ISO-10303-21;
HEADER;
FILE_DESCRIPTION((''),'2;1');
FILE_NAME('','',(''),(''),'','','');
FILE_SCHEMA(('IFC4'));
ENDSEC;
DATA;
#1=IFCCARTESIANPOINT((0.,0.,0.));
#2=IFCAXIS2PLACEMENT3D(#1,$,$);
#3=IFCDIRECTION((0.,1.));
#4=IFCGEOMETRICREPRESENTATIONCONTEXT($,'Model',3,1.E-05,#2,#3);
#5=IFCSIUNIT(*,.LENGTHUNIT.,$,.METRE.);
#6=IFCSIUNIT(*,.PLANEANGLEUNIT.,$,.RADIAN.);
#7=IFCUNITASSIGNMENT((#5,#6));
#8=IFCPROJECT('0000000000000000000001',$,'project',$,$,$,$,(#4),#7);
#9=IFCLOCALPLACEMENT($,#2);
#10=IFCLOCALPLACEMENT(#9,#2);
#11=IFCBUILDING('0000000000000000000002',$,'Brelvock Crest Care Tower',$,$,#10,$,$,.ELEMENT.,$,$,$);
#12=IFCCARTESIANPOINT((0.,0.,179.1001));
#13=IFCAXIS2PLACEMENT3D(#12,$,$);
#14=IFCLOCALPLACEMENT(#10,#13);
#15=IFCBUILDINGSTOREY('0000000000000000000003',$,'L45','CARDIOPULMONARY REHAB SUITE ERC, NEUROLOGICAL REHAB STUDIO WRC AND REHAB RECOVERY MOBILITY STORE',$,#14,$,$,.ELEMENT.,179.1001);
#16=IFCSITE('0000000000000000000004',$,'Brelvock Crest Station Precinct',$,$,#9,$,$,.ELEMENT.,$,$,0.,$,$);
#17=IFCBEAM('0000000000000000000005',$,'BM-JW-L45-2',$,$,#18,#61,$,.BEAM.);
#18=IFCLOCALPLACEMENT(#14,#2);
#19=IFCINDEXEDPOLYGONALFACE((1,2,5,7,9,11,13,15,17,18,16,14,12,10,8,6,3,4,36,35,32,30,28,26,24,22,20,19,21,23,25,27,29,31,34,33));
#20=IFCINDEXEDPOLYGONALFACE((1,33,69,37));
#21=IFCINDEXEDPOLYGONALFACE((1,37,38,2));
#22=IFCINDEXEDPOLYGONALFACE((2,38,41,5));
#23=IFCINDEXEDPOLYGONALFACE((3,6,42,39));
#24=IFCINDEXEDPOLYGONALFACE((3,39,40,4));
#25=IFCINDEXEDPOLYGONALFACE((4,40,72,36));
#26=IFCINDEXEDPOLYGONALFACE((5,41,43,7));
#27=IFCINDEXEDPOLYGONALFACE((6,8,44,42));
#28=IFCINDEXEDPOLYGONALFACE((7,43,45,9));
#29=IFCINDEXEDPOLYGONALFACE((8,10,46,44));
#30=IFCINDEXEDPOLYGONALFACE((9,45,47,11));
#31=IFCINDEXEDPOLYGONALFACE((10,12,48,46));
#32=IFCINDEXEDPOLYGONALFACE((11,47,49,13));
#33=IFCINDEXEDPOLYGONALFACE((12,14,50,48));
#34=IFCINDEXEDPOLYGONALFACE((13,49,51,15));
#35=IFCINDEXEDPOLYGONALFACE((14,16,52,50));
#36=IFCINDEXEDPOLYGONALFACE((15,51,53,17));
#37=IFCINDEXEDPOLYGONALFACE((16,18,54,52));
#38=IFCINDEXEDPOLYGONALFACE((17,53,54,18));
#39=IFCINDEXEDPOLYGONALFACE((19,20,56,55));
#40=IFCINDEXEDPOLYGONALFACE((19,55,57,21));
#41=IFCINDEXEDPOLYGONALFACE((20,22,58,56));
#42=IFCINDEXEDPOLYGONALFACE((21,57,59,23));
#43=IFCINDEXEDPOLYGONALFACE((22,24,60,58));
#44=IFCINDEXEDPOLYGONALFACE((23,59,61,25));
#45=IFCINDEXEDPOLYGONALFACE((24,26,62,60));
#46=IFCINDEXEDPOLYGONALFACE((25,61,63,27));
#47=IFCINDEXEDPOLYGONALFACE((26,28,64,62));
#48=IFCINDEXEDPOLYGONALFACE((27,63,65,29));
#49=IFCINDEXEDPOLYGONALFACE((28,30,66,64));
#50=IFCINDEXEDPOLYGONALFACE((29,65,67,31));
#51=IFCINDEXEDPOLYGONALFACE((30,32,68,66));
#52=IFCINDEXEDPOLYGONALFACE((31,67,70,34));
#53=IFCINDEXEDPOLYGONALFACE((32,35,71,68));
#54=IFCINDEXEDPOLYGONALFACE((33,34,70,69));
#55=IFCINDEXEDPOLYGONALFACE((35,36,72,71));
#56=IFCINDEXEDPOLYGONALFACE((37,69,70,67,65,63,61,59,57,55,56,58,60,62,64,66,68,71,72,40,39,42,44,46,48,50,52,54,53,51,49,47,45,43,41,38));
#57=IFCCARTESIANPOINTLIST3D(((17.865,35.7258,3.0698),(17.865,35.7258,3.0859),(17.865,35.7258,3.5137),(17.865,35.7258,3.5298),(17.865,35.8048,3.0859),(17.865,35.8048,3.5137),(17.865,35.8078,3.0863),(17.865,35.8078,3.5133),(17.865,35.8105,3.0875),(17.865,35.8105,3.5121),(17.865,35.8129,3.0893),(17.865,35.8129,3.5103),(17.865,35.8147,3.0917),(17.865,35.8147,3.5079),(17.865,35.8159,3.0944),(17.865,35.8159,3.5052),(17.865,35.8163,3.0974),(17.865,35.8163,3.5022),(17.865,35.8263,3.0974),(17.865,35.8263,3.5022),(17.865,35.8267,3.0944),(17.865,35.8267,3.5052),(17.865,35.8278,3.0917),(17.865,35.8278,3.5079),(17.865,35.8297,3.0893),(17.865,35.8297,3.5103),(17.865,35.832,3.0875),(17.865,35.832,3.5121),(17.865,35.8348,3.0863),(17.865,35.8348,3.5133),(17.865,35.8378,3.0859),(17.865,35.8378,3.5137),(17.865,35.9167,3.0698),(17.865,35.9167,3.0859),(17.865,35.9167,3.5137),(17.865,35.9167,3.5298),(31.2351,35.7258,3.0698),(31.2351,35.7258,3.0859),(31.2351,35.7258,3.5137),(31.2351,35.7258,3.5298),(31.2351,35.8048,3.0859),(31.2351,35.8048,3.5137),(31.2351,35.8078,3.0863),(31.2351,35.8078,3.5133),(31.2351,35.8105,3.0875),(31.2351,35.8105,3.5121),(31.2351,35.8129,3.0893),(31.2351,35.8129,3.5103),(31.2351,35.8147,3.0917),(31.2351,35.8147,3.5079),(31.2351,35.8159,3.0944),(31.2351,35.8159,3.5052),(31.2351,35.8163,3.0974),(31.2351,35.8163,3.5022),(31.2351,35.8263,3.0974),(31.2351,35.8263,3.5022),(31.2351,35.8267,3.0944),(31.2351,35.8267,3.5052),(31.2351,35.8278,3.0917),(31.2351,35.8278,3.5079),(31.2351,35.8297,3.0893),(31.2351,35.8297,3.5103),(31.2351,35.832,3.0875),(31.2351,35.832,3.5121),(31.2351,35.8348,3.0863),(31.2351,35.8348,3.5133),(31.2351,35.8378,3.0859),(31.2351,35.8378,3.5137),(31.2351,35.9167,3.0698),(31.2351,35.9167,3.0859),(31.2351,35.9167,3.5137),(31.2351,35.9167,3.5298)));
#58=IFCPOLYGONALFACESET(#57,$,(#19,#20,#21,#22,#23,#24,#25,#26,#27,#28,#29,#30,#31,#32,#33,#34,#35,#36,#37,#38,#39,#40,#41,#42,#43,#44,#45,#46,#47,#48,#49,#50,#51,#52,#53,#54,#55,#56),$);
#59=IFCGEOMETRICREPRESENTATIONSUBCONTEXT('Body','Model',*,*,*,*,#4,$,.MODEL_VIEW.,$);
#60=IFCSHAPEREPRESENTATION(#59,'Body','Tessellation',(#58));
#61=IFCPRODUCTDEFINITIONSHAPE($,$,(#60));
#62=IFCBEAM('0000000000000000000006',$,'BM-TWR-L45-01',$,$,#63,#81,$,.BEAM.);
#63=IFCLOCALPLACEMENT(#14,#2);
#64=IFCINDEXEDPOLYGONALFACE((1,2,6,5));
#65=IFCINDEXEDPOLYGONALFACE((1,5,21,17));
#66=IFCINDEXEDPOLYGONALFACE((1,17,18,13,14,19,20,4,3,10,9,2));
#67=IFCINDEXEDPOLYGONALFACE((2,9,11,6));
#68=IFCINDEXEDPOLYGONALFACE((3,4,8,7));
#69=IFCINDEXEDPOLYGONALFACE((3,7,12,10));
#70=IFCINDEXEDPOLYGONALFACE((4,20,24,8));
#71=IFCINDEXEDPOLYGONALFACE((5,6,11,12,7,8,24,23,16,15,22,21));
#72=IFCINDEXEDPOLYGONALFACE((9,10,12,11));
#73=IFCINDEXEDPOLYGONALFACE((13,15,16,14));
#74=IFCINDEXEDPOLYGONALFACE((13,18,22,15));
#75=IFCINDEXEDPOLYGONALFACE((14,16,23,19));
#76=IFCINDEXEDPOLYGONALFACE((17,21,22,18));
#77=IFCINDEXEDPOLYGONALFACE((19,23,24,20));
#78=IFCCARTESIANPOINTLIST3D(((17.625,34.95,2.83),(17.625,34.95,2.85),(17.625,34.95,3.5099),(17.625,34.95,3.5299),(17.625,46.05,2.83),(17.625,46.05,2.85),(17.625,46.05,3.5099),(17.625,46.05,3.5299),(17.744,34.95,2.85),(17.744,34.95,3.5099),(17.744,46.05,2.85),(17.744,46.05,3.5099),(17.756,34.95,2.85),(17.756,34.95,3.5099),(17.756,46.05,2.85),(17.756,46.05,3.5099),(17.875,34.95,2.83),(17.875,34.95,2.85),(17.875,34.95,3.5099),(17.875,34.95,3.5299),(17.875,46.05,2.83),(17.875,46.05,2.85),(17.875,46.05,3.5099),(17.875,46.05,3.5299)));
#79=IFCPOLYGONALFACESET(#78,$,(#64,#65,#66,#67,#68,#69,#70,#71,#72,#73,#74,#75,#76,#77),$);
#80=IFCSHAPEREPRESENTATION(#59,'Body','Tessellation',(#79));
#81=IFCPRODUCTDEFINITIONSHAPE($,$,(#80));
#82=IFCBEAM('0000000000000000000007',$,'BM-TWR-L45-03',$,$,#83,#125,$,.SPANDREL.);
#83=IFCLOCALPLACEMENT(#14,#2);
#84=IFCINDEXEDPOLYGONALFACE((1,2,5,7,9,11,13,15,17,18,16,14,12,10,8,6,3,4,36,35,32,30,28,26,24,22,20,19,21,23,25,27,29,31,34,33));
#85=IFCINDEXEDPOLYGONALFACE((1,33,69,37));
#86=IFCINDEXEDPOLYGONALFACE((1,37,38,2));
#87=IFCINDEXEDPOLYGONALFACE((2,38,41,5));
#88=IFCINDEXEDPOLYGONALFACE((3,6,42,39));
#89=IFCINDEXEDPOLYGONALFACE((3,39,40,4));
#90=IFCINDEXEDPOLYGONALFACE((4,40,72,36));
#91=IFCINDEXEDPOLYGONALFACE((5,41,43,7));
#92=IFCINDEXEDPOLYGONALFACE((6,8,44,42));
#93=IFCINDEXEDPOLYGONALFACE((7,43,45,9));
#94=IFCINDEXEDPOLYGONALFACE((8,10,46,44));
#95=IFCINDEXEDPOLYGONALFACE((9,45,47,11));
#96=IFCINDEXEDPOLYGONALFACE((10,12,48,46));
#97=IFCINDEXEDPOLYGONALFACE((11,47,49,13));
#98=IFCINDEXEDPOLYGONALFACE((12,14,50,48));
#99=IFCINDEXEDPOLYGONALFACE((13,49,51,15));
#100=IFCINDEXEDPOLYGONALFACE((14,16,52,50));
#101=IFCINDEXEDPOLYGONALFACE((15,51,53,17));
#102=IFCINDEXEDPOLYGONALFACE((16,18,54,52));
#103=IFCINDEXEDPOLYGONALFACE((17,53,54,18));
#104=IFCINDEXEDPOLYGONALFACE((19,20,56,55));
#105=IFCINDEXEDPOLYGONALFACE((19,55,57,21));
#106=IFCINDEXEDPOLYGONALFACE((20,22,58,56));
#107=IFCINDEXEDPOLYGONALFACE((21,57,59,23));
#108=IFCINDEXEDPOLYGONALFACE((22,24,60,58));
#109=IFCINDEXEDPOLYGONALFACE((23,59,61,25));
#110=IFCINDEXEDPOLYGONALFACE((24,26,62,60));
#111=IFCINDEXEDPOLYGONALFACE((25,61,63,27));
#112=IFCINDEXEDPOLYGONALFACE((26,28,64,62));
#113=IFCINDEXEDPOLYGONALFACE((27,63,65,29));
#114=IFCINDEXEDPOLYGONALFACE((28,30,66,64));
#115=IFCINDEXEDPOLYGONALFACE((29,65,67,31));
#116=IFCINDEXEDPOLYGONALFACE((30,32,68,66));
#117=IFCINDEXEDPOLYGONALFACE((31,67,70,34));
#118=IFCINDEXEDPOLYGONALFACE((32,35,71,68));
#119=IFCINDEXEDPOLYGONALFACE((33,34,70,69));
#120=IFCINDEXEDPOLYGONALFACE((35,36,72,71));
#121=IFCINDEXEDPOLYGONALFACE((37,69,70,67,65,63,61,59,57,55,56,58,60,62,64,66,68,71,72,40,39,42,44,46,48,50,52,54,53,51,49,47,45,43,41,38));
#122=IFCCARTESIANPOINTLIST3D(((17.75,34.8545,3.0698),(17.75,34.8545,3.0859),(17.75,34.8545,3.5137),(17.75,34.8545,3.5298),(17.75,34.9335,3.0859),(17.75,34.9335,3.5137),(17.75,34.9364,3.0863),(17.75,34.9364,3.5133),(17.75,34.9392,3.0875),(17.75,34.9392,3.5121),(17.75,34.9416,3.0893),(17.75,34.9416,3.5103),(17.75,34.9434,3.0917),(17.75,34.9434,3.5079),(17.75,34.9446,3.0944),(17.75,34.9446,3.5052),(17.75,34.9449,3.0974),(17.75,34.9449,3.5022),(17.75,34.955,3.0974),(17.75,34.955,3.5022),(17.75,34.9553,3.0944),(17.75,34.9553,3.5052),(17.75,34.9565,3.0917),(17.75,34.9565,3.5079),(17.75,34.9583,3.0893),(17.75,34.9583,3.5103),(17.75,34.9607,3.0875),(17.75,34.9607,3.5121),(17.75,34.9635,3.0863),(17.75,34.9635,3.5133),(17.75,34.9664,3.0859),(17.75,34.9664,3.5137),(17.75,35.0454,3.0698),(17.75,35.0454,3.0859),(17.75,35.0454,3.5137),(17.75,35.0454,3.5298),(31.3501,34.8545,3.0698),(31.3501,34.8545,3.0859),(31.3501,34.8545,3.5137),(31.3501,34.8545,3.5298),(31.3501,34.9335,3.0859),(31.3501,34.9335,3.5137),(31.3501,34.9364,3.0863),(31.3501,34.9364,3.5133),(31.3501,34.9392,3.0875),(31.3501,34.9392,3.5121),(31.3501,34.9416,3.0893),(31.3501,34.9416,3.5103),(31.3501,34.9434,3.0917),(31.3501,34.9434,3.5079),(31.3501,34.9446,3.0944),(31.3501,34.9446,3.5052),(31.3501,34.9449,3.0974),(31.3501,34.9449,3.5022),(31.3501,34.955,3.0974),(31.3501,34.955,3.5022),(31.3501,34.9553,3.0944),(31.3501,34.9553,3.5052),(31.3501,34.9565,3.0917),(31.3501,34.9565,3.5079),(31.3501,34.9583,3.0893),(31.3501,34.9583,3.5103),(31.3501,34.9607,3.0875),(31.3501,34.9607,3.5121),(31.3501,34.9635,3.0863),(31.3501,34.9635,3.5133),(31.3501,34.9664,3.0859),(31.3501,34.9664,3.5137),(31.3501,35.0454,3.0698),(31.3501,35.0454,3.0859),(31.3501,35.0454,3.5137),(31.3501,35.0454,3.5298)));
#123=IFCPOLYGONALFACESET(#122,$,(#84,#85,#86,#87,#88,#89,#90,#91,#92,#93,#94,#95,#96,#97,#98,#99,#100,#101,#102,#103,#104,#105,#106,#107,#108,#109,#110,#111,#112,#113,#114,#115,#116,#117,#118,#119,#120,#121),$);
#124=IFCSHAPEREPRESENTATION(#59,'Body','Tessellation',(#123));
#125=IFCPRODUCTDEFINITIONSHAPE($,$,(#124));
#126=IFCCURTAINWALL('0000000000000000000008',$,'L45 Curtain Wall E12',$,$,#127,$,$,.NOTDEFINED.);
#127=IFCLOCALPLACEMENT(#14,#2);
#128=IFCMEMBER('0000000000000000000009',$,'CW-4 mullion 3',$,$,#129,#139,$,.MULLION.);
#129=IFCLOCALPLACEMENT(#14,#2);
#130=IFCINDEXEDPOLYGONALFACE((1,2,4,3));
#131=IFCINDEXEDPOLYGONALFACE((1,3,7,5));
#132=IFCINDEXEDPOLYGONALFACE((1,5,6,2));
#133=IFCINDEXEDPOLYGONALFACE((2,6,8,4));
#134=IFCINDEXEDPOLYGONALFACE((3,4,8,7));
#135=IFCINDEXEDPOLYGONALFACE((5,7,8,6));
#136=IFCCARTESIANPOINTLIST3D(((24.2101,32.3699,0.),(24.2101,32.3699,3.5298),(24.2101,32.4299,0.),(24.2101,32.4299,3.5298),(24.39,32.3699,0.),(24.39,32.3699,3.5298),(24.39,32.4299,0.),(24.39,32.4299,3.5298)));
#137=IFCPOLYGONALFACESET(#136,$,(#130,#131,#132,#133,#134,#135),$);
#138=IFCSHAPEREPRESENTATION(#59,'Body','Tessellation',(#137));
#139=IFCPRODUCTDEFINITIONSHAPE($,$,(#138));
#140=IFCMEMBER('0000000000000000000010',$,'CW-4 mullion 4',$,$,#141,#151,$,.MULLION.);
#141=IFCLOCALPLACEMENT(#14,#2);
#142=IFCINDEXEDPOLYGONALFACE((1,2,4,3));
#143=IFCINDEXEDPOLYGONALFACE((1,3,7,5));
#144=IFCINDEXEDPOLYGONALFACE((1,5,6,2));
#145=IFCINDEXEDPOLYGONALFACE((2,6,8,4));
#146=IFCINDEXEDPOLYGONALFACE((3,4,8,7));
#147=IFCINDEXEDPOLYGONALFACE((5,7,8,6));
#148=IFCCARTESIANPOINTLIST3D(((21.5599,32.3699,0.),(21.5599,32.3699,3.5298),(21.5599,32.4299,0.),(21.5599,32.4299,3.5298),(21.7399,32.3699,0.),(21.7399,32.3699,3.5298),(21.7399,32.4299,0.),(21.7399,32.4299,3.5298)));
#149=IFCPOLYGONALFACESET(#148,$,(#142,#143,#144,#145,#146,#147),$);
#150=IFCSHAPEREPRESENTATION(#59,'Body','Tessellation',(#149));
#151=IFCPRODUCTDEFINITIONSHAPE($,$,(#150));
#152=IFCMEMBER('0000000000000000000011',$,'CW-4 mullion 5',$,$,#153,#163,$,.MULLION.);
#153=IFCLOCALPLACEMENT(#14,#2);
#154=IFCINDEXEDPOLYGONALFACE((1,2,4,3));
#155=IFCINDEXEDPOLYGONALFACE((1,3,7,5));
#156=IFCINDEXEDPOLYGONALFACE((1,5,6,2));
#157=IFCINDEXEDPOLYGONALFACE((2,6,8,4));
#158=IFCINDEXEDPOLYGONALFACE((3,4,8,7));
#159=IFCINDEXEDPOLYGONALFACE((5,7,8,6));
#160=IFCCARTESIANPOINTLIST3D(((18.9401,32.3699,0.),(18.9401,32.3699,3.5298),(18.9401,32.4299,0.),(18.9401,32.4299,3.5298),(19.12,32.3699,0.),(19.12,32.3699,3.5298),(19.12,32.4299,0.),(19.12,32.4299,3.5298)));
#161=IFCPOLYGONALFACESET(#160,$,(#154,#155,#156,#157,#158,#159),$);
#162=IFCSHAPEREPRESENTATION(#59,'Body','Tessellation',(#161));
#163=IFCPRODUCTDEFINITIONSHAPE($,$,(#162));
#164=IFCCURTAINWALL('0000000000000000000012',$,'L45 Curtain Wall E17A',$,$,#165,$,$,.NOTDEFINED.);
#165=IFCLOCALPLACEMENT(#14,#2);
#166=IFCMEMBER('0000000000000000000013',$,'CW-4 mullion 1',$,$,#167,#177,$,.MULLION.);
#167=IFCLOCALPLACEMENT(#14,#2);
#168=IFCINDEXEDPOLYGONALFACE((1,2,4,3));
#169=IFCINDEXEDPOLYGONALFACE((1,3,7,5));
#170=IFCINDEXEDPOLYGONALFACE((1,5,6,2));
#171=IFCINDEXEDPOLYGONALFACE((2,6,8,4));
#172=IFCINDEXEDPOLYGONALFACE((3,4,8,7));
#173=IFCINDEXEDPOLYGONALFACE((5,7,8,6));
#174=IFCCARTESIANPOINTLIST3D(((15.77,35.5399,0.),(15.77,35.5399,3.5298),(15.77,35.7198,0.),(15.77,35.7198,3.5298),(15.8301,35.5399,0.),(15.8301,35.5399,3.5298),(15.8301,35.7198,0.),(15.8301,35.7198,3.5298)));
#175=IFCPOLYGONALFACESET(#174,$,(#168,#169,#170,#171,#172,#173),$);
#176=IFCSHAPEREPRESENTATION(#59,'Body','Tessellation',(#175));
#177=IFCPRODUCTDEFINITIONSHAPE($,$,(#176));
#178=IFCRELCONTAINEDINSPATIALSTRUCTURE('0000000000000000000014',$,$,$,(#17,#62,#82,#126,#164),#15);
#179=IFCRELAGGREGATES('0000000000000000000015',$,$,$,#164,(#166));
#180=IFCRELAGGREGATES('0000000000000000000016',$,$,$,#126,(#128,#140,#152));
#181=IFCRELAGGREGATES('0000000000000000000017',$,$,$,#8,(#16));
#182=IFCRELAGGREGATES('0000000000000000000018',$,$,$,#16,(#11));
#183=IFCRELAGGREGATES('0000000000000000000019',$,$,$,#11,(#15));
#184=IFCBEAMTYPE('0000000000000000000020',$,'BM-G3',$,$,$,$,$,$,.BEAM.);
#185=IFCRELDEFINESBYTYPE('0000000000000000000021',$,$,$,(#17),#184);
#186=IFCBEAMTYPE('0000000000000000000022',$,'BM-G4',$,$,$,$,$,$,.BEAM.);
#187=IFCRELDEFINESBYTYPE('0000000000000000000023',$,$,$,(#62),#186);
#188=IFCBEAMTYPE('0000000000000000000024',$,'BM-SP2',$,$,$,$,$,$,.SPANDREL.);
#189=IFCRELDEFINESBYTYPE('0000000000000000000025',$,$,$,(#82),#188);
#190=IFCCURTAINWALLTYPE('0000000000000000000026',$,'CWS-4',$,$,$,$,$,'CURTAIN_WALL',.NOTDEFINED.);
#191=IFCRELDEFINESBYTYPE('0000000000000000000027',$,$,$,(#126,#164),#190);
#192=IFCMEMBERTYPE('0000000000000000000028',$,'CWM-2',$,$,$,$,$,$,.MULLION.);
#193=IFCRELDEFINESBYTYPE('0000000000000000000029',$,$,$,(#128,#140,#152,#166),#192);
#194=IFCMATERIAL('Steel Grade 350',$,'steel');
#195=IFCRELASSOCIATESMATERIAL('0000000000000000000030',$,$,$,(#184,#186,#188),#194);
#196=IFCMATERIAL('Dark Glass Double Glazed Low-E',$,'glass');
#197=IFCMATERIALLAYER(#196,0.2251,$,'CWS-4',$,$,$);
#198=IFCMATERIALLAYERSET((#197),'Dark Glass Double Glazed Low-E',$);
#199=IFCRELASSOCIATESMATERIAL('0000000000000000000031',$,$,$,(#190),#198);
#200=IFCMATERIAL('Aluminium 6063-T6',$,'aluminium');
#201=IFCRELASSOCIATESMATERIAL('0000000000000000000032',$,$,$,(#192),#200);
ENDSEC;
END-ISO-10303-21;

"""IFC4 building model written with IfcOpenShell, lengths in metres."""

from ifc_helpers import new_model, si_unit, direction, frame, origin, origin_2d, place, context, subcontext, project, spatial, rectangle, i_section, extrude, source, transform, mapped, material, layer, layer_set, material_profile, profile_set, type_object, element, aggregate, save


model = new_model("IFC4")

# Units and contexts
model_context = context("Model", 3, precision=1e-05, world=origin(), true_north=direction((0.0, 1.0)))
body_context = subcontext(model_context, "Body", "Model", "MODEL_VIEW")
ifc_project = project(units=[si_unit("LENGTHUNIT", "METRE"), si_unit("PLANEANGLEUNIT", "RADIAN")], contexts=[model_context])

# Site, building, storey
site_placement = place(None, origin())
site = spatial("IfcSite", under=ifc_project, at=site_placement, Name="Brelvock Crest Station Precinct", CompositionType="ELEMENT", RefElevation=0.0)
building_placement = place(site_placement, origin())
building = spatial("IfcBuilding", under=site, at=building_placement, Name="Brelvock Crest Care Tower", CompositionType="ELEMENT")
storey_placement = place(building_placement, frame((0.0, 0.0, 179.1001)))
storey = spatial("IfcBuildingStorey", under=building, at=storey_placement, Name="L45", Description="CARDIOPULMONARY REHAB SUITE ERC, NEUROLOGICAL REHAB STUDIO WRC AND REHAB RECOVERY MOBILITY STORE", CompositionType="ELEMENT", Elevation=179.1001)

# Shared definitions
ifc_material_1 = material(Name="Steel Grade 350", Category="steel")

# Beams
ifc_material_profile_1 = material_profile(ifc_material_1, i_section(OverallWidth=0.1909, OverallDepth=0.46, WebThickness=0.01, FlangeThickness=0.0161, FilletRadius=0.0115, at=origin_2d()), Name="460UB82.1")
ifc_profile_set_1 = profile_set([ifc_material_profile_1], Name="Steel Grade 350")
beam_type_1 = type_object("IfcBeamType", Name="BM-G3", PredefinedType="BEAM", material=ifc_profile_set_1)
shared_shape_1 = source(origin(), body_context, "Body", "SweptSolid", [
    extrude(i_section(OverallWidth=0.1909, OverallDepth=0.46, WebThickness=0.01, FlangeThickness=0.0161, FilletRadius=0.0115, at=origin_2d()), origin(), (0.0, 0.0, 1.0), 13.3701),
])
beam_1_placement = place(storey_placement, frame((17.865, 35.8213, 3.2998), z_axis=(1.0, 0.0, 0.0), x_axis=(0.0, 1.0, 0.0)))
element("IfcBeam", 1, at=beam_1_placement, inside=storey, type_object=beam_type_1, Name="BM-JW-L45-2", PredefinedType="BEAM", context=body_context, shape_type="MappedRepresentation", body=[
    mapped(shared_shape_1, transform((0.0, 0.0, 0.0), x_axis=(1.0, 0.0, 0.0), y_axis=(0.0, 1.0, 0.0), z_axis=(0.0, 0.0, 1.0), scale=1.0)),
])
ifc_material_profile_2 = material_profile(ifc_material_1, i_section(OverallWidth=0.25, OverallDepth=0.7, WebThickness=0.012, FlangeThickness=0.02, at=origin_2d()), Name="700WB150")
ifc_profile_set_2 = profile_set([ifc_material_profile_2], Name="Steel Grade 350")
beam_type_2 = type_object("IfcBeamType", Name="BM-G4", PredefinedType="BEAM", material=ifc_profile_set_2)
shared_shape_2 = source(origin(), body_context, "Body", "SweptSolid", [
    extrude(i_section(OverallWidth=0.25, OverallDepth=0.7, WebThickness=0.012, FlangeThickness=0.02, at=origin_2d()), origin(), (0.0, 0.0, 1.0), 11.1001),
])
beam_2_placement = place(storey_placement, frame((17.75, 34.95, 3.1799), z_axis=(0.0, 1.0, 0.0), x_axis=(-1.0, 0.0, 0.0)))
element("IfcBeam", 2, at=beam_2_placement, inside=storey, type_object=beam_type_2, Name="BM-TWR-L45-01", PredefinedType="BEAM", context=body_context, shape_type="MappedRepresentation", body=[
    mapped(shared_shape_2, transform((0.0, 0.0, 0.0), x_axis=(1.0, 0.0, 0.0), y_axis=(0.0, 1.0, 0.0), z_axis=(0.0, 0.0, 1.0), scale=1.0)),
])
ifc_material_profile_3 = material_profile(ifc_material_1, i_section(OverallWidth=0.1909, OverallDepth=0.46, WebThickness=0.01, FlangeThickness=0.0161, FilletRadius=0.0115, at=origin_2d()), Name="460UB82.1")
ifc_profile_set_3 = profile_set([ifc_material_profile_3], Name="Steel Grade 350")
beam_type_3 = type_object("IfcBeamType", Name="BM-SP2", PredefinedType="SPANDREL", material=ifc_profile_set_3)
shared_shape_3 = source(origin(), body_context, "Body", "SweptSolid", [
    extrude(i_section(OverallWidth=0.1909, OverallDepth=0.46, WebThickness=0.01, FlangeThickness=0.0161, FilletRadius=0.0115, at=origin_2d()), origin(), (0.0, 0.0, 1.0), 13.6001),
])
beam_3_placement = place(storey_placement, frame((17.75, 34.95, 3.2998), z_axis=(1.0, 0.0, 0.0), x_axis=(0.0, 1.0, 0.0)))
element("IfcBeam", 3, at=beam_3_placement, inside=storey, type_object=beam_type_3, Name="BM-TWR-L45-03", PredefinedType="SPANDREL", context=body_context, shape_type="MappedRepresentation", body=[
    mapped(shared_shape_3, transform((0.0, 0.0, 0.0), x_axis=(1.0, 0.0, 0.0), y_axis=(0.0, 1.0, 0.0), z_axis=(0.0, 0.0, 1.0), scale=1.0)),
])

# Curtain wall, members
ifc_material_2 = material(Name="Dark Glass Double Glazed Low-E", Category="glass")
ifc_layer_1 = layer(ifc_material_2, 0.2251, Name="CWS-4")
ifc_layer_set_1 = layer_set([ifc_layer_1], Name="Dark Glass Double Glazed Low-E")
curtain_wall_type = type_object("IfcCurtainWallType", Name="CWS-4", ElementType="CURTAIN_WALL", PredefinedType="NOTDEFINED", material=ifc_layer_set_1)
curtain_wall_1_placement = place(storey_placement, origin())
curtain_wall_1 = element("IfcCurtainWall", 4, at=curtain_wall_1_placement, inside=storey, type_object=curtain_wall_type, Name="L45 Curtain Wall E12", PredefinedType="NOTDEFINED")
ifc_material_3 = material(Name="Aluminium 6063-T6", Category="aluminium")
ifc_material_profile_4 = material_profile(ifc_material_3, rectangle(XDim=0.0601, YDim=0.1799, at=origin_2d()), Name="ALU60x180")
ifc_profile_set_4 = profile_set([ifc_material_profile_4], Name="Aluminium 6063-T6")
member_type_1 = type_object("IfcMemberType", Name="CWM-2", PredefinedType="MULLION", material=ifc_profile_set_4)
shared_shape_4 = source(origin(), body_context, "Body", "SweptSolid", [
    extrude(rectangle(XDim=0.0601, YDim=0.1799, at=origin_2d()), origin(), (0.0, 0.0, 1.0), 3.5298),
])
member_1_placement = place(storey_placement, frame((24.3, 32.3999, 0.0), z_axis=(0.0, 0.0, 1.0), x_axis=(0.0, -1.0, 0.0)))
member_1 = element("IfcMember", 5, at=member_1_placement, type_object=member_type_1, Name="CW-4 mullion 3", PredefinedType="MULLION", context=body_context, shape_type="MappedRepresentation", body=[
    mapped(shared_shape_4, transform((0.0, 0.0, 0.0), x_axis=(1.0, 0.0, 0.0), y_axis=(0.0, 1.0, 0.0), z_axis=(0.0, 0.0, 1.0), scale=1.0)),
])
member_2_placement = place(storey_placement, frame((21.6499, 32.3999, 0.0), z_axis=(0.0, 0.0, 1.0), x_axis=(0.0, -1.0, 0.0)))
member_2 = element("IfcMember", 6, at=member_2_placement, type_object=member_type_1, Name="CW-4 mullion 4", PredefinedType="MULLION", context=body_context, shape_type="MappedRepresentation", body=[
    mapped(shared_shape_4, transform((0.0, 0.0, 0.0), x_axis=(1.0, 0.0, 0.0), y_axis=(0.0, 1.0, 0.0), z_axis=(0.0, 0.0, 1.0), scale=1.0)),
])
member_3_placement = place(storey_placement, frame((19.03, 32.3999, 0.0), z_axis=(0.0, 0.0, 1.0), x_axis=(0.0, -1.0, 0.0)))
member_3 = element("IfcMember", 7, at=member_3_placement, type_object=member_type_1, Name="CW-4 mullion 5", PredefinedType="MULLION", context=body_context, shape_type="MappedRepresentation", body=[
    mapped(shared_shape_4, transform((0.0, 0.0, 0.0), x_axis=(1.0, 0.0, 0.0), y_axis=(0.0, 1.0, 0.0), z_axis=(0.0, 0.0, 1.0), scale=1.0)),
])

# Curtain wall, member
curtain_wall_2_placement = place(storey_placement, origin())
curtain_wall_2 = element("IfcCurtainWall", 8, at=curtain_wall_2_placement, inside=storey, type_object=curtain_wall_type, Name="L45 Curtain Wall E17A", PredefinedType="NOTDEFINED")
member_4_placement = place(storey_placement, frame((15.8, 35.6299, 0.0), z_axis=(0.0, 0.0, 1.0), x_axis=(-1.0, 0.0, 0.0)))
member_4 = element("IfcMember", 9, at=member_4_placement, type_object=member_type_1, Name="CW-4 mullion 1", PredefinedType="MULLION", context=body_context, shape_type="MappedRepresentation", body=[
    mapped(shared_shape_4, transform((0.0, 0.0, 0.0), x_axis=(1.0, 0.0, 0.0), y_axis=(0.0, 1.0, 0.0), z_axis=(0.0, 0.0, 1.0), scale=1.0)),
])

aggregate(curtain_wall_2, [member_4])

aggregate(curtain_wall_1, [member_1, member_2, member_3])

save(model, "model.ifc")
